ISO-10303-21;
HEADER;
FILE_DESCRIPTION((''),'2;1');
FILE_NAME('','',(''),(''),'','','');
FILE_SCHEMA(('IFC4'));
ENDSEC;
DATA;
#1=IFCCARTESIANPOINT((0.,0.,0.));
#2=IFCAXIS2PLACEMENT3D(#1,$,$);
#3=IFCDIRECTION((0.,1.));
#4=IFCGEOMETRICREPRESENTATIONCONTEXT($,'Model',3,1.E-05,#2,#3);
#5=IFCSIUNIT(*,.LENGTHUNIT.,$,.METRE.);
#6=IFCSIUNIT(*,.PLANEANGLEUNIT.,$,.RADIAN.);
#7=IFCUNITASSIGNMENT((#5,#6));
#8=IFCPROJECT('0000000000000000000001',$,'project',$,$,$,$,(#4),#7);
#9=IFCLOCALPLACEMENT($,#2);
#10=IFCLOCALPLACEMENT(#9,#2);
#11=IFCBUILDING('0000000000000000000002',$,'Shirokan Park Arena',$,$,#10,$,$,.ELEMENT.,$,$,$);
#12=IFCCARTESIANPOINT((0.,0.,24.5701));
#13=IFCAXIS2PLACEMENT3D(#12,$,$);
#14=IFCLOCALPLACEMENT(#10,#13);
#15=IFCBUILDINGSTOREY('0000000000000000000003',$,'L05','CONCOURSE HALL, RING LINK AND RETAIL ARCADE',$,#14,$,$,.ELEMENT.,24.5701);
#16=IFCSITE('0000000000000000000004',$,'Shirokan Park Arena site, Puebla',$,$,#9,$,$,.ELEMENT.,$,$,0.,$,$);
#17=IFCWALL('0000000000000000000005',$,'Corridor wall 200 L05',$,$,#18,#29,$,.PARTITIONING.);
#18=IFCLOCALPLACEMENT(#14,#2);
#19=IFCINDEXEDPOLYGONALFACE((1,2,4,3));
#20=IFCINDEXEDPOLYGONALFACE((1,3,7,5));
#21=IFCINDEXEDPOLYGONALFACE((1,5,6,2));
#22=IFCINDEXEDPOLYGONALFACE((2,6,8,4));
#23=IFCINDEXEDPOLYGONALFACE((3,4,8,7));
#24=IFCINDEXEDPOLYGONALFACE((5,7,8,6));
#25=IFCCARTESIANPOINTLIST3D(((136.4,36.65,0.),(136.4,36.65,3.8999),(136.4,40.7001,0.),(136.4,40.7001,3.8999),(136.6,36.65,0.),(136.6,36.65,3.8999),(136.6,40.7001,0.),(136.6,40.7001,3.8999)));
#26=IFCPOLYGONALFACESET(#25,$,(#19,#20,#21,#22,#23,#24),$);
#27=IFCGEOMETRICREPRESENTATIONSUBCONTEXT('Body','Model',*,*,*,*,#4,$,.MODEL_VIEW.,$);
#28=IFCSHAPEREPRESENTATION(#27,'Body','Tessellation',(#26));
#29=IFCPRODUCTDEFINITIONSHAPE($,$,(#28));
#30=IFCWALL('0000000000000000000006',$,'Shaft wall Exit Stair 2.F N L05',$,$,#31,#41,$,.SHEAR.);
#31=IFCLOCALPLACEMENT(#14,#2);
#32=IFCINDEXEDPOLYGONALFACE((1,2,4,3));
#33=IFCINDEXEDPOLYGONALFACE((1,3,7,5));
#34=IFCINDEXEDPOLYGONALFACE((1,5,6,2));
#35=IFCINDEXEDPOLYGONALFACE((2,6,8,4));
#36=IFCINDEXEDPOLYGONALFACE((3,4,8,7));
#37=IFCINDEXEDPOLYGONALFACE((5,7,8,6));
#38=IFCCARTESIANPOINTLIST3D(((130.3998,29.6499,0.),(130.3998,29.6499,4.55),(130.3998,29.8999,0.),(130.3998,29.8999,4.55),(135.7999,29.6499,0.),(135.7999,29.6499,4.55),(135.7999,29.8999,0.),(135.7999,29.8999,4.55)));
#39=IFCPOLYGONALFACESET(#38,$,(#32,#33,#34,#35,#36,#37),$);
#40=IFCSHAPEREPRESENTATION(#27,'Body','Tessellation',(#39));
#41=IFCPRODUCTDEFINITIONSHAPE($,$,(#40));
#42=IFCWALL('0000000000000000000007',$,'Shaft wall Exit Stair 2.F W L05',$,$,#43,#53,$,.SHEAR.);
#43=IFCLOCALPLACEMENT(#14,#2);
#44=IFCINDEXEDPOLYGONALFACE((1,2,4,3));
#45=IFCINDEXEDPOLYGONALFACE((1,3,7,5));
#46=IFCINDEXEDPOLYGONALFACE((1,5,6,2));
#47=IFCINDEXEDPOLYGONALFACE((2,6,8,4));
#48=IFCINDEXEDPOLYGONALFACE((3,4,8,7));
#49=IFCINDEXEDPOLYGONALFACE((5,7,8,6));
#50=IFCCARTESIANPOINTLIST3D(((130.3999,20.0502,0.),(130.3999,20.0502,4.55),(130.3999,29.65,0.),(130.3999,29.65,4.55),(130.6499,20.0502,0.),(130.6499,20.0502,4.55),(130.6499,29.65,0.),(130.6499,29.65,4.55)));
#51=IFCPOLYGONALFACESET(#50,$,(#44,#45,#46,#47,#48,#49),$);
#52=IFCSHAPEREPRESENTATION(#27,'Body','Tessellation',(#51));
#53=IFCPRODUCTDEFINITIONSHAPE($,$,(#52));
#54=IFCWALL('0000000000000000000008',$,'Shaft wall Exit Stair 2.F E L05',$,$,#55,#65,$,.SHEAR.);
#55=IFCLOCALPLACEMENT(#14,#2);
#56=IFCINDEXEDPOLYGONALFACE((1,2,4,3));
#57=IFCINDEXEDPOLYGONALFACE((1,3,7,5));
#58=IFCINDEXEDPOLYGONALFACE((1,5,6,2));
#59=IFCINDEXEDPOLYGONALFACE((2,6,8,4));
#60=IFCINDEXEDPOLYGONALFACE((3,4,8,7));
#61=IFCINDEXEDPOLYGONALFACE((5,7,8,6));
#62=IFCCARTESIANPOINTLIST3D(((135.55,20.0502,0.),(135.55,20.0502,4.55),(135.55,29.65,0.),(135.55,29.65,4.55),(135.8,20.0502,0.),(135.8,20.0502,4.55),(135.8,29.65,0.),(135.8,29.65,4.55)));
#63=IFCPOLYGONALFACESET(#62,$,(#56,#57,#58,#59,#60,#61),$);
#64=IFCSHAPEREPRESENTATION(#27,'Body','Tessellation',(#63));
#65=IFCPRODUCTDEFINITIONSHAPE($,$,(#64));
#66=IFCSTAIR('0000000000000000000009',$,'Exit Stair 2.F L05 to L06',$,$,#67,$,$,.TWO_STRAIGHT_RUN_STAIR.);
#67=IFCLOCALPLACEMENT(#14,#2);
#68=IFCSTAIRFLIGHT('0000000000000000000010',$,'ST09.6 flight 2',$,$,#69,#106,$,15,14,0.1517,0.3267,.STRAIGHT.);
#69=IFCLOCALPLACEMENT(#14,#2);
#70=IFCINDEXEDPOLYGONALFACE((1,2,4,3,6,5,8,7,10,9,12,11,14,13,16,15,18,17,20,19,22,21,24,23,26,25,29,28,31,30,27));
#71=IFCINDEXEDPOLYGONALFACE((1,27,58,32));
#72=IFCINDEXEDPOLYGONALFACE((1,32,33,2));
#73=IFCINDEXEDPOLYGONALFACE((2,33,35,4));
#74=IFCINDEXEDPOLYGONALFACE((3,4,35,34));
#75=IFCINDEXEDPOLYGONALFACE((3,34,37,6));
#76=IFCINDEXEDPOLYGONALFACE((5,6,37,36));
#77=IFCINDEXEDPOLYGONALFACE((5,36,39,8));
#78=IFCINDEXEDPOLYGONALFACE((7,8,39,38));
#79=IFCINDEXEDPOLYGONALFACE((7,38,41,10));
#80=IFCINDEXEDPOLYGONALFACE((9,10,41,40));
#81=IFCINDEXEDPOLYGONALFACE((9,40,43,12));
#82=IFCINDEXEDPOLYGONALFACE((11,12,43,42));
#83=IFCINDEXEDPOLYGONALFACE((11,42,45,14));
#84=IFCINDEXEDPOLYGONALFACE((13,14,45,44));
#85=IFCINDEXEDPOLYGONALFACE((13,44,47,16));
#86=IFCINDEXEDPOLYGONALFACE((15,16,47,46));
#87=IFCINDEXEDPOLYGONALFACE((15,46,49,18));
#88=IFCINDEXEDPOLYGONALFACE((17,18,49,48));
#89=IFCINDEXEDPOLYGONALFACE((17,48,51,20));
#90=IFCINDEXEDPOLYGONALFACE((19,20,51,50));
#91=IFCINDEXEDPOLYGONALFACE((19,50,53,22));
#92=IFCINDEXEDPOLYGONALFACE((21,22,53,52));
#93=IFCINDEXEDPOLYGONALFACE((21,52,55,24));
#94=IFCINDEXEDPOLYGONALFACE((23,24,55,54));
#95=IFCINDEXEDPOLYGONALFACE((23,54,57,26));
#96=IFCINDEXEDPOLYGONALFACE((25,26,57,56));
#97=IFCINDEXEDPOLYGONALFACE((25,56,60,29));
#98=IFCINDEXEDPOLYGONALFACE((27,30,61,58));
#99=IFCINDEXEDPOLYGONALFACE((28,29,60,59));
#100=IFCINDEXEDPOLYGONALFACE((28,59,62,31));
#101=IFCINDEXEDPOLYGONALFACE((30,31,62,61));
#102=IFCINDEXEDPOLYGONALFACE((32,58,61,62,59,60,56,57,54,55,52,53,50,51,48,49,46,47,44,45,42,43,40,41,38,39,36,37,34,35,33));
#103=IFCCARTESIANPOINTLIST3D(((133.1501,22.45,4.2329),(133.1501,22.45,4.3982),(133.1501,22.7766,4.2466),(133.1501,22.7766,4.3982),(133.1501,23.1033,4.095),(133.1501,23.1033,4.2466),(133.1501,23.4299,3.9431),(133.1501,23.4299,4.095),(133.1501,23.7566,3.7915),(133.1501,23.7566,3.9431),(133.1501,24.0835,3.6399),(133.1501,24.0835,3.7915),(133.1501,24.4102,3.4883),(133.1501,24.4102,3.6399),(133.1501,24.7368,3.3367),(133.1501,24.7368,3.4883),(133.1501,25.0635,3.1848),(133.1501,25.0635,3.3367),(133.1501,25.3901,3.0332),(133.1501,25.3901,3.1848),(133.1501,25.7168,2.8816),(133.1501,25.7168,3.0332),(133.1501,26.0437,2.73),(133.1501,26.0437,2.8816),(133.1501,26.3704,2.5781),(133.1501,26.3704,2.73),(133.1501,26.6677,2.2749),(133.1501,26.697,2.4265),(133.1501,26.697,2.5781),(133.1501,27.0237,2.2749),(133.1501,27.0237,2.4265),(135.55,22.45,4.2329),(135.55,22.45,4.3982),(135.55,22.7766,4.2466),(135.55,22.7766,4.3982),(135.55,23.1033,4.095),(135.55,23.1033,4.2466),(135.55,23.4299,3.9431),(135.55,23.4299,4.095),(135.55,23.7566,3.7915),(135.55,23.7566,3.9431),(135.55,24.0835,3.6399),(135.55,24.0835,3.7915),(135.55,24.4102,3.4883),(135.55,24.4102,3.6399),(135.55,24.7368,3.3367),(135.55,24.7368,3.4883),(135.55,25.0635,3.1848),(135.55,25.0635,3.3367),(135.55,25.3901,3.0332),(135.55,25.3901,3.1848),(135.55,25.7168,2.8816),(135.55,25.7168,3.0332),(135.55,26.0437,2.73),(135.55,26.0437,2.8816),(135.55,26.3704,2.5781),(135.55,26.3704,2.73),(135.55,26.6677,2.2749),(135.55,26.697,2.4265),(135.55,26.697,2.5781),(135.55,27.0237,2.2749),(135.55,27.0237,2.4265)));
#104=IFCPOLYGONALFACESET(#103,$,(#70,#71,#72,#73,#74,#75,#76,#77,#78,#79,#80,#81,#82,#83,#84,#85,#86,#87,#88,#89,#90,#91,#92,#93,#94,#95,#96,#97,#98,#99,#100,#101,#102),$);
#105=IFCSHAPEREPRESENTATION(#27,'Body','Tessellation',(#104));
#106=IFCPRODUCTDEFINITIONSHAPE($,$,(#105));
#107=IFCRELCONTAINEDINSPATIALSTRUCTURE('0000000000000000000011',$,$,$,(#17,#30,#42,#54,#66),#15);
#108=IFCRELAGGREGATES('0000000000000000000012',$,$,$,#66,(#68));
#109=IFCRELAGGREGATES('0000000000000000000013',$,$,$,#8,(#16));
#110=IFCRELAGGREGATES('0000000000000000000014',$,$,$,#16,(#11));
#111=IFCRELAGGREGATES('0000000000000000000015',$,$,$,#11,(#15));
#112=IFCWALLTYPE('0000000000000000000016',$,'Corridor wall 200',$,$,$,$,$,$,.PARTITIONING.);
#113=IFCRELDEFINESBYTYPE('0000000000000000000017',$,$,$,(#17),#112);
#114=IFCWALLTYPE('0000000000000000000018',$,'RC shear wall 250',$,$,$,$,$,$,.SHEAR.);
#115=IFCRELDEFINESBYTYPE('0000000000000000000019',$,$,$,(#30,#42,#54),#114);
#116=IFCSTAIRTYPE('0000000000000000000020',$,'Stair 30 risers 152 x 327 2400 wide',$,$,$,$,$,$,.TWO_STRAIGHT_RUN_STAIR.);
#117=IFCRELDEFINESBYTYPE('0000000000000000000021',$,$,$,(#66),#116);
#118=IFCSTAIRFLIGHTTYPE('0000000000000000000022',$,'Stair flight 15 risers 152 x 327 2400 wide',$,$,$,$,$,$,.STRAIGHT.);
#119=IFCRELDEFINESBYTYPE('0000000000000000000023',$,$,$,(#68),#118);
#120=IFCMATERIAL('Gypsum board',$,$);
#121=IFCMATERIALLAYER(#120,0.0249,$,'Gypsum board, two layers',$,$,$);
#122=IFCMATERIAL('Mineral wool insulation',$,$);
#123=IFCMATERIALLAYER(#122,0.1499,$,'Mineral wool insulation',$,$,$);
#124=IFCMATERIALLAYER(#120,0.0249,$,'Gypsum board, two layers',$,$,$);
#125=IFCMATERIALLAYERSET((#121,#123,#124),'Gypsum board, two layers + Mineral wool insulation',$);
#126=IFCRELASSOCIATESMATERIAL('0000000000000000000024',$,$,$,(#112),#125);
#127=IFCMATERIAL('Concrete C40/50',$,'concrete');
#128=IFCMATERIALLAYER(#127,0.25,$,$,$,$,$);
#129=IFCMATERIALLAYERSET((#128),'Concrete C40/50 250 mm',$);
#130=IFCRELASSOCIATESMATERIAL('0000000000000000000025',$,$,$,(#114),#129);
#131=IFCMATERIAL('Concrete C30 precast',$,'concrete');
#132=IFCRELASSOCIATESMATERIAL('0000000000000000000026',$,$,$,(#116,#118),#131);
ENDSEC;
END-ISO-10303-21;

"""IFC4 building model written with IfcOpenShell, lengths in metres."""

from ifc_helpers import new_model, si_unit, direction, frame, frame_2d, origin, place, context, subcontext, project, spatial, polyline, rectangle, outline, extrude, material, layer, layer_set, type_object, element, aggregate, save


model = new_model("IFC4")

# Units and contexts
model_context = context("Model", 3, precision=1e-05, world=origin(), true_north=direction((0.0, 1.0)))
body_context = subcontext(model_context, "Body", "Model", "MODEL_VIEW")
ifc_project = project(units=[si_unit("LENGTHUNIT", "METRE"), si_unit("PLANEANGLEUNIT", "RADIAN")], contexts=[model_context])

# Site, building, storey
site_placement = place(None, origin())
site = spatial("IfcSite", under=ifc_project, at=site_placement, Name="Shirokan Park Arena site, Puebla", CompositionType="ELEMENT", RefElevation=0.0)
building_placement = place(site_placement, origin())
building = spatial("IfcBuilding", under=site, at=building_placement, Name="Shirokan Park Arena", CompositionType="ELEMENT")
storey_placement = place(building_placement, frame((0.0, 0.0, 24.5701)))
storey = spatial("IfcBuildingStorey", under=building, at=storey_placement, Name="L05", Description="CONCOURSE HALL, RING LINK AND RETAIL ARCADE", CompositionType="ELEMENT", Elevation=24.5701)

# Shared definitions
ifc_material_1 = material(Name="Gypsum board")
ifc_layer_1 = layer(ifc_material_1, 0.0249, Name="Gypsum board, two layers")
ifc_material_2 = material(Name="Mineral wool insulation")
ifc_layer_2 = layer(ifc_material_2, 0.1499, Name="Mineral wool insulation")
ifc_layer_3 = layer(ifc_material_1, 0.0249, Name="Gypsum board, two layers")
ifc_layer_set_1 = layer_set([ifc_layer_1, ifc_layer_2, ifc_layer_3], Name="Gypsum board, two layers + Mineral wool insulation")
wall_type_1 = type_object("IfcWallType", Name="Corridor wall 200", PredefinedType="PARTITIONING", material=ifc_layer_set_1)

# Walls
wall_1_placement = place(storey_placement, frame((136.5, 40.7, 0.0), z_axis=(0.0, 0.0, 1.0), x_axis=(0.0, -1.0, 0.0)))
element("IfcWall", 1, at=wall_1_placement, inside=storey, type_object=wall_type_1, Name="Corridor wall 200 L05", PredefinedType="PARTITIONING", context=body_context, shape_type="SweptSolid", body=[
    extrude(rectangle(XDim=4.05, YDim=0.2, at=frame_2d((2.0249, 0.0))), origin(), (0.0, 0.0, 1.0), 3.8999),
])
ifc_material_3 = material(Name="Concrete C40/50", Category="concrete")
ifc_layer_4 = layer(ifc_material_3, 0.25)
ifc_layer_set_2 = layer_set([ifc_layer_4], Name="Concrete C40/50 250 mm")
wall_type_2 = type_object("IfcWallType", Name="RC shear wall 250", PredefinedType="SHEAR", material=ifc_layer_set_2)
wall_2_placement = place(storey_placement, frame((135.8, 29.7749, 0.0), z_axis=(0.0, 0.0, 1.0), x_axis=(-1.0, 0.0, 0.0)))
element("IfcWall", 2, at=wall_2_placement, inside=storey, type_object=wall_type_2, Name="Shaft wall Exit Stair 2.F N L05", PredefinedType="SHEAR", context=body_context, shape_type="SweptSolid", body=[
    extrude(rectangle(XDim=5.4001, YDim=0.25, at=frame_2d((2.7002, 0.0))), origin(), (0.0, 0.0, 1.0), 4.55),
])
for number, where, z_axis, x_axis, name in (
    (3, (130.5249, 29.6499, 0.0), (0.0, 0.0, 1.0), (0.0, -1.0, 0.0), "Shaft wall Exit Stair 2.F W L05"),
    (4, (135.675, 29.6499, 0.0), (0.0, 0.0, 1.0), (0.0, -1.0, 0.0), "Shaft wall Exit Stair 2.F E L05"),
):
    element("IfcWall", number, at=place(storey_placement, frame(where, z_axis=z_axis, x_axis=x_axis)), inside=storey, type_object=wall_type_2, Name=name, PredefinedType="SHEAR", context=body_context, shape_type="SweptSolid", body=[
        extrude(rectangle(XDim=9.5999, YDim=0.25, at=frame_2d((4.7998, 0.0))), origin(), (0.0, 0.0, 1.0), 4.55),
    ])

# Stair, stair flight
ifc_material_4 = material(Name="Concrete C30 precast", Category="concrete")
stair_type = type_object("IfcStairType", Name="Stair 30 risers 152 x 327 2400 wide", PredefinedType="TWO_STRAIGHT_RUN_STAIR", material=ifc_material_4)
stair_placement = place(storey_placement, origin())
stair = element("IfcStair", 5, at=stair_placement, inside=storey, type_object=stair_type, Name="Exit Stair 2.F L05 to L06", PredefinedType="TWO_STRAIGHT_RUN_STAIR")
stair_flight_type = type_object("IfcStairFlightType", Name="Stair flight 15 risers 152 x 327 2400 wide", PredefinedType="STRAIGHT", material=ifc_material_4)
stair_flight_placement = place(storey_placement, frame((134.3501, 27.0237, 2.2749), z_axis=(0.0, 0.0, 1.0), x_axis=(0.0, -1.0, 0.0)))
stair_flight = element("IfcStairFlight", 6, at=stair_flight_placement, type_object=stair_flight_type, Name="ST09.6 flight 2", NumberOfRisers=15, NumberOfTreads=14, PredefinedType="STRAIGHT", RiserHeight=0.1517, TreadLength=0.3267, context=body_context, shape_type="SweptSolid", body=[
    extrude(outline(polyline([(0.0, 0.0), (0.0, 0.1516), (0.3267, 0.1516), (0.3267, 0.3032), (0.6533, 0.3032), (0.6533, 0.4551), (0.98, 0.4551), (0.98, 0.6067), (1.3069, 0.6067), (1.3069, 0.7583), (1.6335, 0.7583), (1.6335, 0.9099), (1.9602, 0.9099), (1.9602, 1.0618), (2.2869, 1.0618), (2.2869, 1.2134), (2.6135, 1.2134), (2.6135, 1.365), (2.9402, 1.365), (2.9402, 1.5166), (3.2671, 1.5166), (3.2671, 1.6682), (3.5938, 1.6682), (3.5938, 1.8201), (3.9204, 1.8201), (3.9204, 1.9717), (4.2471, 1.9717), (4.2471, 2.1233), (4.5737, 2.1233), (4.5737, 2.2749), (4.5737, 1.958), (0.356, 0.0), (0.0, 0.0)])), frame((0.0, 1.2, 0.0), z_axis=(0.0, -1.0, 0.0), x_axis=(1.0, 0.0, 0.0)), (0.0, 0.0, 1.0), 2.3999),
])
aggregate(stair, [stair_flight])

save(model, "model.ifc")
